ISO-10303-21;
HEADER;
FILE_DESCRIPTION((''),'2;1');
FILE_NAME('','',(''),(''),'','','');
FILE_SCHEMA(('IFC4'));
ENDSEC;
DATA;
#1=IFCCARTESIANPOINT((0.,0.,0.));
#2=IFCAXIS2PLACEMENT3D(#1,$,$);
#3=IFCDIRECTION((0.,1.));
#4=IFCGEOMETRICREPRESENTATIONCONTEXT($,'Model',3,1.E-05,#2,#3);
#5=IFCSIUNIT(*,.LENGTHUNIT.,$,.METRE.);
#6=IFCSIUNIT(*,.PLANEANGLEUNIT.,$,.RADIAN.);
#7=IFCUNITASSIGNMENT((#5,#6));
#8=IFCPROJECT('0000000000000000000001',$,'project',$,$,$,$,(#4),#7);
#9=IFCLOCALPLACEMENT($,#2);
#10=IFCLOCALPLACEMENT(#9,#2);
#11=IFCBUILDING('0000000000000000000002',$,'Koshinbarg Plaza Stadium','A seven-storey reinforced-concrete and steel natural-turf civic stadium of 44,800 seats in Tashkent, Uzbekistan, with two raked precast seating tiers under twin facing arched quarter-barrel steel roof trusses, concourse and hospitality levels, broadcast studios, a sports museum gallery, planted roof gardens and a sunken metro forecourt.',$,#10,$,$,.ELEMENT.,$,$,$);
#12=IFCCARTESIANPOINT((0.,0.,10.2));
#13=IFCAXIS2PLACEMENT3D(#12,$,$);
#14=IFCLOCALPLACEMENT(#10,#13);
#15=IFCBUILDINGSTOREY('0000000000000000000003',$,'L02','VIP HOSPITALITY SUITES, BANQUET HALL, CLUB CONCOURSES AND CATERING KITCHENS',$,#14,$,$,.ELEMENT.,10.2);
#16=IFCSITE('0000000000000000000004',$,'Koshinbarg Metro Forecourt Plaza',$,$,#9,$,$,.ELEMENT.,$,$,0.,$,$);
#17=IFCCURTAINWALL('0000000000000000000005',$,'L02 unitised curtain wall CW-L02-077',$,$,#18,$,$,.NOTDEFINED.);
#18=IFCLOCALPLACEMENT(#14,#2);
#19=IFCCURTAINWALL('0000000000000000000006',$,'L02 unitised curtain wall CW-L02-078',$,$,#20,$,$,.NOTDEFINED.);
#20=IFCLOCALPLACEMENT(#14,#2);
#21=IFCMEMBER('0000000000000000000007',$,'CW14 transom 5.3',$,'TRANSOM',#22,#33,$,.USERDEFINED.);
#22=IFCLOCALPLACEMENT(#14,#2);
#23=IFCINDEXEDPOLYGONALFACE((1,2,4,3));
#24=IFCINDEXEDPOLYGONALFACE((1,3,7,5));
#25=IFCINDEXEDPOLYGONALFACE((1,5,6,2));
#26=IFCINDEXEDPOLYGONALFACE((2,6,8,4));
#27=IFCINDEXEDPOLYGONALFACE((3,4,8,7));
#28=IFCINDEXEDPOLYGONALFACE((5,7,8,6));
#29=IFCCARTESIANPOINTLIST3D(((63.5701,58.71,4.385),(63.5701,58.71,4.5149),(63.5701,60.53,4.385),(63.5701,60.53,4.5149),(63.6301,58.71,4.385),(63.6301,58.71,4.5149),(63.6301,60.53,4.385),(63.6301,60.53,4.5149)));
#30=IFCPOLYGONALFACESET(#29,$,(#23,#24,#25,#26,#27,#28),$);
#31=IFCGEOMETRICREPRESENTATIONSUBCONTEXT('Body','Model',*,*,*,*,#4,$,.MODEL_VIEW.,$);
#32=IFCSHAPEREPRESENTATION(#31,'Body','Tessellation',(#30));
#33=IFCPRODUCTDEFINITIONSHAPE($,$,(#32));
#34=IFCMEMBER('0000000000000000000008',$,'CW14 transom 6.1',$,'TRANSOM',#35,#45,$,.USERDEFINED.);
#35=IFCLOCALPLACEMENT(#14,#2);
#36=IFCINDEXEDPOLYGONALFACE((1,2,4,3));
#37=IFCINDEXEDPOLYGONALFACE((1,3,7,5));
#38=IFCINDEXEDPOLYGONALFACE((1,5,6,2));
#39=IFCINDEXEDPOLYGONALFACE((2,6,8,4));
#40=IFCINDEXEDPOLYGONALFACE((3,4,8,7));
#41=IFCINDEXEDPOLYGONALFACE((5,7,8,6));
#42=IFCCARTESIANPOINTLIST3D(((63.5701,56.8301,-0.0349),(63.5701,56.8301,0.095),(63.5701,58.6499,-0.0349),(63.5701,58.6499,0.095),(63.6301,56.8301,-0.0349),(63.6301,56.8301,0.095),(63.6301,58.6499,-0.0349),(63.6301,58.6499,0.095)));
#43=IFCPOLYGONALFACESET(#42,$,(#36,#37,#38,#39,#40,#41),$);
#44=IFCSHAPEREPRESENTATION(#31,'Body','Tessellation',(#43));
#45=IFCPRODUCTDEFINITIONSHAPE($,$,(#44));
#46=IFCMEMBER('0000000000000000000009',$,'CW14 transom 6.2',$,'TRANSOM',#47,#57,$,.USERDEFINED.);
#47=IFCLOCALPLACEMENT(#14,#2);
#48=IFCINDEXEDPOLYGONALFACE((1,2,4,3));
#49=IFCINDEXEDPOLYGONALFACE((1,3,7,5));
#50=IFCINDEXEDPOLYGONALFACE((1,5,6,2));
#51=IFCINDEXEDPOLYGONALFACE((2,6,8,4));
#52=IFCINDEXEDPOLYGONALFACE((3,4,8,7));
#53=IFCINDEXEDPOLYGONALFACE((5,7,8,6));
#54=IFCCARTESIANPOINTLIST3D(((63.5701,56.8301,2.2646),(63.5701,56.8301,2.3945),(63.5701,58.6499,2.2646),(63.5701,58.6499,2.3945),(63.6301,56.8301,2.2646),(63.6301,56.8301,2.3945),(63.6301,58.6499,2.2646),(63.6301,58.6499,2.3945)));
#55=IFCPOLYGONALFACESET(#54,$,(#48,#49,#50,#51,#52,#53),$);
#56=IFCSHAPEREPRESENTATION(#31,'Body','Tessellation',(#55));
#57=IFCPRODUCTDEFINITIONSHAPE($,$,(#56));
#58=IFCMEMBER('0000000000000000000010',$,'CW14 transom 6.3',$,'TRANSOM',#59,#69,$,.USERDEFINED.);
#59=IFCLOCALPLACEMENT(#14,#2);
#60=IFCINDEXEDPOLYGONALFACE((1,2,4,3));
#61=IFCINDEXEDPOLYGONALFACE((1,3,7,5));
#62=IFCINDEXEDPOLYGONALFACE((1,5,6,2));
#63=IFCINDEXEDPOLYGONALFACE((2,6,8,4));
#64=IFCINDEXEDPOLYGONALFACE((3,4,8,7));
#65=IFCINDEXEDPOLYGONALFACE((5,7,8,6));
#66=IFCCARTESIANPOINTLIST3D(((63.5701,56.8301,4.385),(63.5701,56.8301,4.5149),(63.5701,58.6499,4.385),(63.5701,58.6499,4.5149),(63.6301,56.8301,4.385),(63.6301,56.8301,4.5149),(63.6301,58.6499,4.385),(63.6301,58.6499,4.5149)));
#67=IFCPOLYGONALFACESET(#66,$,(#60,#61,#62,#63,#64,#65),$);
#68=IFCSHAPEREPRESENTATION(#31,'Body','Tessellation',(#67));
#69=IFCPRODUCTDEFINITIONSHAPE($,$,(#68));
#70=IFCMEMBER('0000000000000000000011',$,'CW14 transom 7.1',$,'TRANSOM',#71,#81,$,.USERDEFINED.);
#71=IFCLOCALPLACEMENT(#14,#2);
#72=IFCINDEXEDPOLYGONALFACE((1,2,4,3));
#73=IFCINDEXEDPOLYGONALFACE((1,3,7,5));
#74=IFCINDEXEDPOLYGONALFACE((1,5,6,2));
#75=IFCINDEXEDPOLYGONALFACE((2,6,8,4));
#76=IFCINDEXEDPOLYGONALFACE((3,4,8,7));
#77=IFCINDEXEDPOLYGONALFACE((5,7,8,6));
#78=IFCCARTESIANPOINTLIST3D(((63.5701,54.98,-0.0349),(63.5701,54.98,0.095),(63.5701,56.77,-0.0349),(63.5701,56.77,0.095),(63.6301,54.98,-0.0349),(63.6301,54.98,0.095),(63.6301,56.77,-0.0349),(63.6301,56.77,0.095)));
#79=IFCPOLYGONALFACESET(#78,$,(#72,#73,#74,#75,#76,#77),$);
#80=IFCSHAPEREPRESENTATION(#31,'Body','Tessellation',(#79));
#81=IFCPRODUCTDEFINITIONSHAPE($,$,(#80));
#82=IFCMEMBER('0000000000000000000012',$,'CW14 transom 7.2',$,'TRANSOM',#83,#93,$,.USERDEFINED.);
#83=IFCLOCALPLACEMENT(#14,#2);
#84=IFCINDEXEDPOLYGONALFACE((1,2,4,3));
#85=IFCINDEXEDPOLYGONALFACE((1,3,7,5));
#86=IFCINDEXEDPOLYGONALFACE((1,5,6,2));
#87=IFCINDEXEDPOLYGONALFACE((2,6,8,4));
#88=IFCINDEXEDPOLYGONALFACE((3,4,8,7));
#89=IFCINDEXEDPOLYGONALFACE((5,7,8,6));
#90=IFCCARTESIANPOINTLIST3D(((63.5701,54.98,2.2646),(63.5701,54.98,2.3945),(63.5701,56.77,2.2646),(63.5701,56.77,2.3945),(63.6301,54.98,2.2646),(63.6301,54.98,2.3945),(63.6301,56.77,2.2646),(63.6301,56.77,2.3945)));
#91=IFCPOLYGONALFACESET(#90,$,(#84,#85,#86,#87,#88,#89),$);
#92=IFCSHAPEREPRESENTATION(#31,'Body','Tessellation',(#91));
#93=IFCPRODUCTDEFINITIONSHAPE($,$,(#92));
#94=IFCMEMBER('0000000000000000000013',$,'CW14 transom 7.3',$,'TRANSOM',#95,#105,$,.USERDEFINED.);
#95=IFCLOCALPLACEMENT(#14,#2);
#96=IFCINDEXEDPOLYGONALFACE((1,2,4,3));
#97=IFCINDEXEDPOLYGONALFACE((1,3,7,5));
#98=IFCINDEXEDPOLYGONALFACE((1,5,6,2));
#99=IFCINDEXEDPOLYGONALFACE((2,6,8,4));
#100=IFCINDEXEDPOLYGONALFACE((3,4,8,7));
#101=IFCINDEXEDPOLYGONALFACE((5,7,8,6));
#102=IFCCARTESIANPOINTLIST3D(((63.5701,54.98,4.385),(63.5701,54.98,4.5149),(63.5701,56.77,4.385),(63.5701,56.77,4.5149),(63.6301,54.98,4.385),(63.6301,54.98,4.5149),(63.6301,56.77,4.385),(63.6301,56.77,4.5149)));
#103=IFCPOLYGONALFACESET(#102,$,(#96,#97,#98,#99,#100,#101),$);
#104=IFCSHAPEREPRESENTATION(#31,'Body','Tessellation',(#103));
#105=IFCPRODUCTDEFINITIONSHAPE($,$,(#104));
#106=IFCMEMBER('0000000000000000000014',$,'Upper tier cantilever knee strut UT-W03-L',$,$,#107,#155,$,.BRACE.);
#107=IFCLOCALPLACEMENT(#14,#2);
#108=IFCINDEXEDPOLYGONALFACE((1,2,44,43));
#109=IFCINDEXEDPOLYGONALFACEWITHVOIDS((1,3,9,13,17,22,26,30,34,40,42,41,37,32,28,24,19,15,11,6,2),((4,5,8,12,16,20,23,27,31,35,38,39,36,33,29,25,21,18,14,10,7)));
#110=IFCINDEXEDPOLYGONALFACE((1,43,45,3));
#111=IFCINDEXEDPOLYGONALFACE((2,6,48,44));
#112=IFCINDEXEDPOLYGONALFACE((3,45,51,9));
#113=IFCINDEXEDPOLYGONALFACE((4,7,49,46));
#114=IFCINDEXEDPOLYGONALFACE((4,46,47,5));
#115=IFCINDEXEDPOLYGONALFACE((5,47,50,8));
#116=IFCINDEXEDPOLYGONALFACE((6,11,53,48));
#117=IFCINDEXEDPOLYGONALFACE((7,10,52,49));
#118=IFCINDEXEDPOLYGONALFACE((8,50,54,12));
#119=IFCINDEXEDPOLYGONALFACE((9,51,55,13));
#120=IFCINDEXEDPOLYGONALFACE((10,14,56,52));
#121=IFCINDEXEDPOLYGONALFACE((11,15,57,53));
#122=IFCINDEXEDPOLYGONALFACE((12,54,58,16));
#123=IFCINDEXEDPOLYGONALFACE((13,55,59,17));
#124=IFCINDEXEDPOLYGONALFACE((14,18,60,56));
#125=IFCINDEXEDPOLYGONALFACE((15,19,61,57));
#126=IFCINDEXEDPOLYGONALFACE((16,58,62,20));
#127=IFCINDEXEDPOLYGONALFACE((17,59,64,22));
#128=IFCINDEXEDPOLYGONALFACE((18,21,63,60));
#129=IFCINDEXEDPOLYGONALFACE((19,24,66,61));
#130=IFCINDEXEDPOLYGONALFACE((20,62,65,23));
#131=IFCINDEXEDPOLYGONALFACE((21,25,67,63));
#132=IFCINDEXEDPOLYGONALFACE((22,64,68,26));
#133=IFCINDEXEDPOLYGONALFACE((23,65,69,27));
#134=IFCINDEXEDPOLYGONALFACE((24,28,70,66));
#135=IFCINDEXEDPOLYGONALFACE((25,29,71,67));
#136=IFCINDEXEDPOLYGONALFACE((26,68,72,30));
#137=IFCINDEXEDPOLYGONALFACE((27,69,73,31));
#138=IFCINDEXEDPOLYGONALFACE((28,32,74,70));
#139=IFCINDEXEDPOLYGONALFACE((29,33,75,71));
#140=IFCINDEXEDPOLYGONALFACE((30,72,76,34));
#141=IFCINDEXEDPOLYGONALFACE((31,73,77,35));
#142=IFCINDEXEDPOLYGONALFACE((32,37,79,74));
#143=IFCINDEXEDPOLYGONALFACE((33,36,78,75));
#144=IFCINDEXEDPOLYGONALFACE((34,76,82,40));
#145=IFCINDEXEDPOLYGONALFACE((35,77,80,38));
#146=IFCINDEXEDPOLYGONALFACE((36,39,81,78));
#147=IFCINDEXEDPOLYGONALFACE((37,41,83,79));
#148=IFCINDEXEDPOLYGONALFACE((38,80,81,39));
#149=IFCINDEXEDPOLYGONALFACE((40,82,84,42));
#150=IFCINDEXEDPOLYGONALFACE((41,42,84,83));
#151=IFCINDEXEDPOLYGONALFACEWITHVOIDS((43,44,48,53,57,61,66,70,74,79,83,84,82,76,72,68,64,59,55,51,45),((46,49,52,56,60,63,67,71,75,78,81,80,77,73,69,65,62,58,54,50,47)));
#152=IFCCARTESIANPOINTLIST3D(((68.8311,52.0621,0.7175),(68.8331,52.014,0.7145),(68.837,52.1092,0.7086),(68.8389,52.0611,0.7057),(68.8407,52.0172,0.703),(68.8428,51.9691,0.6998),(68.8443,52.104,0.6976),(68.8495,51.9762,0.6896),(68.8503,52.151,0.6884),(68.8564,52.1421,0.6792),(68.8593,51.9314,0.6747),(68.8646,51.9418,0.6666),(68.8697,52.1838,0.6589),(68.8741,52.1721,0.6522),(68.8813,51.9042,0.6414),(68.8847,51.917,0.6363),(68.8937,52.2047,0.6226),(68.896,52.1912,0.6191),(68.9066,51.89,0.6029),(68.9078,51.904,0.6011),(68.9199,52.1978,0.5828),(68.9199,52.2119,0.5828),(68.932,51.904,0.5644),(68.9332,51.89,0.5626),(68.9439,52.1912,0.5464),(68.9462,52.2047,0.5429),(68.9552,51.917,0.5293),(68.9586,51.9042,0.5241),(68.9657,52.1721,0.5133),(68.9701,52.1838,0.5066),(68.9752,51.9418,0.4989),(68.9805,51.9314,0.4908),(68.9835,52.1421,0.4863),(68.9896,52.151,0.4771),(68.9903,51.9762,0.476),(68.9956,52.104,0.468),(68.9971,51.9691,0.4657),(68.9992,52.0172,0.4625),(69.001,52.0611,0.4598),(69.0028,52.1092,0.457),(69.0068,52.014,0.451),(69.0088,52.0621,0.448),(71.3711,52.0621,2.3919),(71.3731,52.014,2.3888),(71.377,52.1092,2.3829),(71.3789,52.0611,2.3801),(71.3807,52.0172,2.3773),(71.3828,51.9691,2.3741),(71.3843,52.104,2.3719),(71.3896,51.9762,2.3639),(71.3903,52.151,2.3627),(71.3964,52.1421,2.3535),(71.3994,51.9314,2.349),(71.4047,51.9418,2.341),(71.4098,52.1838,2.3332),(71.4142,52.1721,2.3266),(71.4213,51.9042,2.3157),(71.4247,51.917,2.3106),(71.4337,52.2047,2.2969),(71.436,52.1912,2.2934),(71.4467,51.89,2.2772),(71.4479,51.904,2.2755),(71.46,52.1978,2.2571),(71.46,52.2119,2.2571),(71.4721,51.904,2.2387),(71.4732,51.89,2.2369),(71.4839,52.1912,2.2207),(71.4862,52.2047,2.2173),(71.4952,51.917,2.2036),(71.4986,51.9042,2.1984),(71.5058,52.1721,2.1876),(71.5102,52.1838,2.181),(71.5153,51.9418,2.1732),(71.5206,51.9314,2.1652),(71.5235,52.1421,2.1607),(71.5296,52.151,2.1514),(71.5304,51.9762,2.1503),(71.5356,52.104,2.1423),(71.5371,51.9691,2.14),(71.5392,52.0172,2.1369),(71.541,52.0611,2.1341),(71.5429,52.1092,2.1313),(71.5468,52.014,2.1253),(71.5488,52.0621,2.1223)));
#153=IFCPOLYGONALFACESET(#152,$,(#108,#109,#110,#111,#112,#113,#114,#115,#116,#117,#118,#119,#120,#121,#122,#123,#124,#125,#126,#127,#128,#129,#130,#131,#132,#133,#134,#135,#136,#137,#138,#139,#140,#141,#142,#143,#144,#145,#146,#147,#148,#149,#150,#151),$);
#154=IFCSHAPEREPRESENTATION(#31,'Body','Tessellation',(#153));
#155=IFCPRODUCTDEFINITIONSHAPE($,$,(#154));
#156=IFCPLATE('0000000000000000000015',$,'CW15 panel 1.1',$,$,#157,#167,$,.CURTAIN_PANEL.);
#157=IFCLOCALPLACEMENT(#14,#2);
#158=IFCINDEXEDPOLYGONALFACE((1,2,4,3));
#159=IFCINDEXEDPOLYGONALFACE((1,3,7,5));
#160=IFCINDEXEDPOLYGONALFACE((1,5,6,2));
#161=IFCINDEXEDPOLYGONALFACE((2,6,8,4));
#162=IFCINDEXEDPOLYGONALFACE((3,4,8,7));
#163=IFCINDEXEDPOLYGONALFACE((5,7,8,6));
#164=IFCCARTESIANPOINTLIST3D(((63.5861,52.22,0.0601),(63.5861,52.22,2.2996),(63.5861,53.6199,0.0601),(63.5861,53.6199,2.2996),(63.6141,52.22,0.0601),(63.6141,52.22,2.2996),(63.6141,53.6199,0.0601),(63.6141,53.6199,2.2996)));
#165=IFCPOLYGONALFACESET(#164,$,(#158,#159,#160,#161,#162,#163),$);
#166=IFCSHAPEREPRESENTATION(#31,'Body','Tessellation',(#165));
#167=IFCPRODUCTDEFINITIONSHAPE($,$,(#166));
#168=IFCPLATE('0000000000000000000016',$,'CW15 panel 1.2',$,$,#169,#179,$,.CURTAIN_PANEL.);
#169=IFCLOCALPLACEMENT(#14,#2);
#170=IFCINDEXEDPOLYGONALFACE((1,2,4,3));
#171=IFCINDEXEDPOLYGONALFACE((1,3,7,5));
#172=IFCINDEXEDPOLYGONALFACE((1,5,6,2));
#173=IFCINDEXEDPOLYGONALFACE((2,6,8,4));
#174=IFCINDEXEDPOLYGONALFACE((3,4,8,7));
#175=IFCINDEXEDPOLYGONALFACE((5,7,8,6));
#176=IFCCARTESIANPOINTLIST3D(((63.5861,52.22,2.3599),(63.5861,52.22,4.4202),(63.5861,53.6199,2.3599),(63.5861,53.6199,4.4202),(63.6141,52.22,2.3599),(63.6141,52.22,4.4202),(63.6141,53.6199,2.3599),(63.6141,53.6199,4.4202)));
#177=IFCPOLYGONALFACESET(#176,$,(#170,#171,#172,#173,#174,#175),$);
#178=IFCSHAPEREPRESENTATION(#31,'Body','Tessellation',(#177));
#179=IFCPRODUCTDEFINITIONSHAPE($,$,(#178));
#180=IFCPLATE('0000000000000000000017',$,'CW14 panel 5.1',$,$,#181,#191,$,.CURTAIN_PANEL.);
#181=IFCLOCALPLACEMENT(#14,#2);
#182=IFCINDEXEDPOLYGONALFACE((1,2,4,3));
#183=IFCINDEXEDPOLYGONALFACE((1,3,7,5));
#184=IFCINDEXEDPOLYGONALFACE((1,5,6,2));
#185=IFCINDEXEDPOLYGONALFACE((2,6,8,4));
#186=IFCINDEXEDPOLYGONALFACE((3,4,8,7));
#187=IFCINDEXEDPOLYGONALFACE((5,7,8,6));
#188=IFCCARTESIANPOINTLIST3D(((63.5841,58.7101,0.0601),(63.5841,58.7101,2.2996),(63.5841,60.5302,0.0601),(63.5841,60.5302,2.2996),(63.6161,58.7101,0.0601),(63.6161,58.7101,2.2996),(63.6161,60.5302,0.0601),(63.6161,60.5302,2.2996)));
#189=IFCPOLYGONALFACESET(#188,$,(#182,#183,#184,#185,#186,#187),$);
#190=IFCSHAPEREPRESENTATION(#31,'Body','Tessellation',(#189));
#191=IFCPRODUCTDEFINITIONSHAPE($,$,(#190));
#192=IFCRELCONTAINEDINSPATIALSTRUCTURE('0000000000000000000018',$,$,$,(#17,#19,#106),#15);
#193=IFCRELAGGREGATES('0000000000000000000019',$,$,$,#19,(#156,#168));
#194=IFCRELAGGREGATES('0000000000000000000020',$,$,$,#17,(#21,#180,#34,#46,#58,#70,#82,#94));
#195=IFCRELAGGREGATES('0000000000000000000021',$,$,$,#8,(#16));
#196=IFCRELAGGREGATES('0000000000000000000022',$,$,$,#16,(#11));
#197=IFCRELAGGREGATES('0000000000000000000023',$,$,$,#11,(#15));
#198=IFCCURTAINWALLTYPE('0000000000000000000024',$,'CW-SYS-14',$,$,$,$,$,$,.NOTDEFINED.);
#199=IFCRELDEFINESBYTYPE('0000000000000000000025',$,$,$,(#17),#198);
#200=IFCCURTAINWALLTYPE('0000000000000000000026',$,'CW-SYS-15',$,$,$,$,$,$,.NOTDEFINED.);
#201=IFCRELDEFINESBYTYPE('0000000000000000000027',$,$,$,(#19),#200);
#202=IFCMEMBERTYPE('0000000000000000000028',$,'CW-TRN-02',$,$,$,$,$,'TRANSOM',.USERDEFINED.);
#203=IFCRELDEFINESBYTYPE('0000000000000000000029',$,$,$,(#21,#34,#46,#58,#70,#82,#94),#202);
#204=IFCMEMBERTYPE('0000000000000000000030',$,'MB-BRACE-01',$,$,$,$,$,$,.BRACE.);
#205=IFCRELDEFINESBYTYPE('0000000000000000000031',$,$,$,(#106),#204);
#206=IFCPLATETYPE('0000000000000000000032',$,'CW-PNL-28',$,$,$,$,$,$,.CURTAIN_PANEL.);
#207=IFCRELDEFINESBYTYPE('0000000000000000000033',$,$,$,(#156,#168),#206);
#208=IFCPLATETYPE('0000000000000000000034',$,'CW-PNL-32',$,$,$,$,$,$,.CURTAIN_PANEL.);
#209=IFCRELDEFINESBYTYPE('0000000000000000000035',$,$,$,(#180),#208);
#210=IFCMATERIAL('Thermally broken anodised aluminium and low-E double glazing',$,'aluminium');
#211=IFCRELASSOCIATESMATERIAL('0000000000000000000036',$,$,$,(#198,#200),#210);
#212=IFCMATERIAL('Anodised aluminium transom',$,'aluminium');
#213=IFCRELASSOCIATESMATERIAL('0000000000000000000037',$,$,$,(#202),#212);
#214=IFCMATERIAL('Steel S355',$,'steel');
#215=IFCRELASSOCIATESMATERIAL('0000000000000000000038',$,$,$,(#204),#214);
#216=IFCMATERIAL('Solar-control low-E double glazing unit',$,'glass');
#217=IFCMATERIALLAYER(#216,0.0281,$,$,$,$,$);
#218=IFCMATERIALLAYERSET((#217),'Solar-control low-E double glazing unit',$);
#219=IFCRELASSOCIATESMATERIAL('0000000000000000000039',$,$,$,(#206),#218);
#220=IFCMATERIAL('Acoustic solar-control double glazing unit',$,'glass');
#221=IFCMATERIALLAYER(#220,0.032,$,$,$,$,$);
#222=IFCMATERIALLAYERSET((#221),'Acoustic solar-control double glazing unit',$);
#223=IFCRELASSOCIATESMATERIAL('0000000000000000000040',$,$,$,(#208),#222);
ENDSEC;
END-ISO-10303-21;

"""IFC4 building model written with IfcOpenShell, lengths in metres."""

from ifc_helpers import new_model, si_unit, direction, frame, origin, origin_2d, place, context, subcontext, project, spatial, rectangle, hollow_circle, extrude, material, layer, layer_set, material_profile, profile_set, type_object, element, aggregate, save


model = new_model("IFC4")

# Units and contexts
model_context = context("Model", 3, precision=1e-05, world=origin(), true_north=direction((0.0, 1.0)))
body_context = subcontext(model_context, "Body", "Model", "MODEL_VIEW")
ifc_project = project(units=[si_unit("LENGTHUNIT", "METRE"), si_unit("PLANEANGLEUNIT", "RADIAN")], contexts=[model_context])

# Site, building, storey
site_placement = place(None, origin())
site = spatial("IfcSite", under=ifc_project, at=site_placement, Name="Koshinbarg Metro Forecourt Plaza", CompositionType="ELEMENT", RefElevation=0.0)
building_placement = place(site_placement, origin())
building = spatial("IfcBuilding", under=site, at=building_placement, Name="Koshinbarg Plaza Stadium", Description="A seven-storey reinforced-concrete and steel natural-turf civic stadium of 44,800 seats in Tashkent, Uzbekistan, with two raked precast seating tiers under twin facing arched quarter-barrel steel roof trusses, concourse and hospitality levels, broadcast studios, a sports museum gallery, planted roof gardens and a sunken metro forecourt.", CompositionType="ELEMENT")
storey_placement = place(building_placement, frame((0.0, 0.0, 10.2)))
storey = spatial("IfcBuildingStorey", under=building, at=storey_placement, Name="L02", Description="VIP HOSPITALITY SUITES, BANQUET HALL, CLUB CONCOURSES AND CATERING KITCHENS", CompositionType="ELEMENT", Elevation=10.2)

# Curtain walls
ifc_material_1 = material(Name="Thermally broken anodised aluminium and low-E double glazing", Category="aluminium")
curtain_wall_type_1 = type_object("IfcCurtainWallType", Name="CW-SYS-14", PredefinedType="NOTDEFINED", material=ifc_material_1)
curtain_wall_1_placement = place(storey_placement, origin())
curtain_wall_1 = element("IfcCurtainWall", 1, at=curtain_wall_1_placement, inside=storey, type_object=curtain_wall_type_1, Name="L02 unitised curtain wall CW-L02-077", PredefinedType="NOTDEFINED")
curtain_wall_type_2 = type_object("IfcCurtainWallType", Name="CW-SYS-15", PredefinedType="NOTDEFINED", material=ifc_material_1)
curtain_wall_2_placement = place(storey_placement, origin())
curtain_wall_2 = element("IfcCurtainWall", 2, at=curtain_wall_2_placement, inside=storey, type_object=curtain_wall_type_2, Name="L02 unitised curtain wall CW-L02-078", PredefinedType="NOTDEFINED")
ifc_material_2 = material(Name="Anodised aluminium transom", Category="aluminium")

# Members
ifc_material_profile_1 = material_profile(ifc_material_2, rectangle(XDim=0.0601, YDim=0.1299, at=origin_2d()), Name="ALU 60x130")
ifc_profile_set_1 = profile_set([ifc_material_profile_1], Name="Anodised aluminium transom")
member_type_1 = type_object("IfcMemberType", Name="CW-TRN-02", ElementType="TRANSOM", PredefinedType="USERDEFINED", material=ifc_profile_set_1)
member_1_placement = place(storey_placement, frame((63.6001, 60.53, 4.45), z_axis=(0.0, -1.0, 0.0), x_axis=(1.0, 0.0, 0.0)))
member_1 = element("IfcMember", 3, at=member_1_placement, type_object=member_type_1, Name="CW14 transom 5.3", ObjectType="TRANSOM", PredefinedType="USERDEFINED", context=body_context, shape_type="SweptSolid", body=[
    extrude(rectangle(XDim=0.0601, YDim=0.1299, at=origin_2d()), origin(), (0.0, 0.0, 1.0), 1.8201),
])
member_2_placement = place(storey_placement, frame((63.6001, 58.6499, 0.03), z_axis=(0.0, -1.0, 0.0), x_axis=(1.0, 0.0, 0.0)))
member_2 = element("IfcMember", 4, at=member_2_placement, type_object=member_type_1, Name="CW14 transom 6.1", ObjectType="TRANSOM", PredefinedType="USERDEFINED", context=body_context, shape_type="SweptSolid", body=[
    extrude(rectangle(XDim=0.0601, YDim=0.1299, at=origin_2d()), origin(), (0.0, 0.0, 1.0), 1.8198),
])
member_3_placement = place(storey_placement, frame((63.6001, 58.6499, 2.3296), z_axis=(0.0, -1.0, 0.0), x_axis=(1.0, 0.0, 0.0)))
member_3 = element("IfcMember", 5, at=member_3_placement, type_object=member_type_1, Name="CW14 transom 6.2", ObjectType="TRANSOM", PredefinedType="USERDEFINED", context=body_context, shape_type="SweptSolid", body=[
    extrude(rectangle(XDim=0.0601, YDim=0.1299, at=origin_2d()), origin(), (0.0, 0.0, 1.0), 1.8198),
])
member_4_placement = place(storey_placement, frame((63.6001, 58.6499, 4.45), z_axis=(0.0, -1.0, 0.0), x_axis=(1.0, 0.0, 0.0)))
member_4 = element("IfcMember", 6, at=member_4_placement, type_object=member_type_1, Name="CW14 transom 6.3", ObjectType="TRANSOM", PredefinedType="USERDEFINED", context=body_context, shape_type="SweptSolid", body=[
    extrude(rectangle(XDim=0.0601, YDim=0.1299, at=origin_2d()), origin(), (0.0, 0.0, 1.0), 1.8198),
])
member_5_placement = place(storey_placement, frame((63.6001, 56.77, 0.03), z_axis=(0.0, -1.0, 0.0), x_axis=(1.0, 0.0, 0.0)))
member_5 = element("IfcMember", 7, at=member_5_placement, type_object=member_type_1, Name="CW14 transom 7.1", ObjectType="TRANSOM", PredefinedType="USERDEFINED", context=body_context, shape_type="SweptSolid", body=[
    extrude(rectangle(XDim=0.0601, YDim=0.1299, at=origin_2d()), origin(), (0.0, 0.0, 1.0), 1.79),
])
member_6_placement = place(storey_placement, frame((63.6001, 56.77, 2.3296), z_axis=(0.0, -1.0, 0.0), x_axis=(1.0, 0.0, 0.0)))
member_6 = element("IfcMember", 8, at=member_6_placement, type_object=member_type_1, Name="CW14 transom 7.2", ObjectType="TRANSOM", PredefinedType="USERDEFINED", context=body_context, shape_type="SweptSolid", body=[
    extrude(rectangle(XDim=0.0601, YDim=0.1299, at=origin_2d()), origin(), (0.0, 0.0, 1.0), 1.79),
])
member_7_placement = place(storey_placement, frame((63.6001, 56.77, 4.45), z_axis=(0.0, -1.0, 0.0), x_axis=(1.0, 0.0, 0.0)))
member_7 = element("IfcMember", 9, at=member_7_placement, type_object=member_type_1, Name="CW14 transom 7.3", ObjectType="TRANSOM", PredefinedType="USERDEFINED", context=body_context, shape_type="SweptSolid", body=[
    extrude(rectangle(XDim=0.0601, YDim=0.1299, at=origin_2d()), origin(), (0.0, 0.0, 1.0), 1.79),
])
ifc_material_3 = material(Name="Steel S355", Category="steel")
ifc_material_profile_2 = material_profile(ifc_material_3, hollow_circle(Radius=0.1619, WallThickness=0.0142, at=origin_2d()), Name="CHS 323.9x14.2")
ifc_profile_set_2 = profile_set([ifc_material_profile_2], Name="Steel S355")
member_type_2 = type_object("IfcMemberType", Name="MB-BRACE-01", PredefinedType="BRACE", material=ifc_profile_set_2)
member_8_placement = place(storey_placement, frame((68.9199, 52.05, 0.5828), z_axis=(0.834928, 0.0, 0.550359), x_axis=(0.0, 1.0, 0.0)))
element("IfcMember", 10, at=member_8_placement, inside=storey, type_object=member_type_2, Name="Upper tier cantilever knee strut UT-W03-L", PredefinedType="BRACE", context=body_context, shape_type="SweptSolid", body=[
    extrude(hollow_circle(Radius=0.1619, WallThickness=0.0142, at=origin_2d()), origin(), (0.0, 0.0, 1.0), 3.0422),
])

# Plates
ifc_material_4 = material(Name="Solar-control low-E double glazing unit", Category="glass")
ifc_layer_1 = layer(ifc_material_4, 0.0281)
ifc_layer_set_1 = layer_set([ifc_layer_1], Name="Solar-control low-E double glazing unit")
plate_type_1 = type_object("IfcPlateType", Name="CW-PNL-28", PredefinedType="CURTAIN_PANEL", material=ifc_layer_set_1)
plate_1_placement = place(storey_placement, frame((63.6001, 52.9199, 0.0601), z_axis=(0.0, 0.0, 1.0), x_axis=(0.0, -1.0, 0.0)))
plate_1 = element("IfcPlate", 11, at=plate_1_placement, type_object=plate_type_1, Name="CW15 panel 1.1", PredefinedType="CURTAIN_PANEL", context=body_context, shape_type="SweptSolid", body=[
    extrude(rectangle(XDim=1.3999, YDim=0.0281, at=origin_2d()), origin(), (0.0, 0.0, 1.0), 2.2395),
])
plate_2_placement = place(storey_placement, frame((63.6001, 52.9199, 2.3599), z_axis=(0.0, 0.0, 1.0), x_axis=(0.0, -1.0, 0.0)))
plate_2 = element("IfcPlate", 12, at=plate_2_placement, type_object=plate_type_1, Name="CW15 panel 1.2", PredefinedType="CURTAIN_PANEL", context=body_context, shape_type="SweptSolid", body=[
    extrude(rectangle(XDim=1.3999, YDim=0.0281, at=origin_2d()), origin(), (0.0, 0.0, 1.0), 2.0603),
])
aggregate(curtain_wall_2, [plate_1, plate_2])
ifc_material_5 = material(Name="Acoustic solar-control double glazing unit", Category="glass")
ifc_layer_2 = layer(ifc_material_5, 0.032)
ifc_layer_set_2 = layer_set([ifc_layer_2], Name="Acoustic solar-control double glazing unit")
plate_type_2 = type_object("IfcPlateType", Name="CW-PNL-32", PredefinedType="CURTAIN_PANEL", material=ifc_layer_set_2)
plate_3_placement = place(storey_placement, frame((63.6001, 59.6201, 0.0601), z_axis=(0.0, 0.0, 1.0), x_axis=(0.0, -1.0, 0.0)))
plate_3 = element("IfcPlate", 13, at=plate_3_placement, type_object=plate_type_2, Name="CW14 panel 5.1", PredefinedType="CURTAIN_PANEL", context=body_context, shape_type="SweptSolid", body=[
    extrude(rectangle(XDim=1.8201, YDim=0.032, at=origin_2d()), origin(), (0.0, 0.0, 1.0), 2.2395),
])
aggregate(curtain_wall_1, [member_1, plate_3, member_2, member_3, member_4, member_5, member_6, member_7])

save(model, "model.ifc")
